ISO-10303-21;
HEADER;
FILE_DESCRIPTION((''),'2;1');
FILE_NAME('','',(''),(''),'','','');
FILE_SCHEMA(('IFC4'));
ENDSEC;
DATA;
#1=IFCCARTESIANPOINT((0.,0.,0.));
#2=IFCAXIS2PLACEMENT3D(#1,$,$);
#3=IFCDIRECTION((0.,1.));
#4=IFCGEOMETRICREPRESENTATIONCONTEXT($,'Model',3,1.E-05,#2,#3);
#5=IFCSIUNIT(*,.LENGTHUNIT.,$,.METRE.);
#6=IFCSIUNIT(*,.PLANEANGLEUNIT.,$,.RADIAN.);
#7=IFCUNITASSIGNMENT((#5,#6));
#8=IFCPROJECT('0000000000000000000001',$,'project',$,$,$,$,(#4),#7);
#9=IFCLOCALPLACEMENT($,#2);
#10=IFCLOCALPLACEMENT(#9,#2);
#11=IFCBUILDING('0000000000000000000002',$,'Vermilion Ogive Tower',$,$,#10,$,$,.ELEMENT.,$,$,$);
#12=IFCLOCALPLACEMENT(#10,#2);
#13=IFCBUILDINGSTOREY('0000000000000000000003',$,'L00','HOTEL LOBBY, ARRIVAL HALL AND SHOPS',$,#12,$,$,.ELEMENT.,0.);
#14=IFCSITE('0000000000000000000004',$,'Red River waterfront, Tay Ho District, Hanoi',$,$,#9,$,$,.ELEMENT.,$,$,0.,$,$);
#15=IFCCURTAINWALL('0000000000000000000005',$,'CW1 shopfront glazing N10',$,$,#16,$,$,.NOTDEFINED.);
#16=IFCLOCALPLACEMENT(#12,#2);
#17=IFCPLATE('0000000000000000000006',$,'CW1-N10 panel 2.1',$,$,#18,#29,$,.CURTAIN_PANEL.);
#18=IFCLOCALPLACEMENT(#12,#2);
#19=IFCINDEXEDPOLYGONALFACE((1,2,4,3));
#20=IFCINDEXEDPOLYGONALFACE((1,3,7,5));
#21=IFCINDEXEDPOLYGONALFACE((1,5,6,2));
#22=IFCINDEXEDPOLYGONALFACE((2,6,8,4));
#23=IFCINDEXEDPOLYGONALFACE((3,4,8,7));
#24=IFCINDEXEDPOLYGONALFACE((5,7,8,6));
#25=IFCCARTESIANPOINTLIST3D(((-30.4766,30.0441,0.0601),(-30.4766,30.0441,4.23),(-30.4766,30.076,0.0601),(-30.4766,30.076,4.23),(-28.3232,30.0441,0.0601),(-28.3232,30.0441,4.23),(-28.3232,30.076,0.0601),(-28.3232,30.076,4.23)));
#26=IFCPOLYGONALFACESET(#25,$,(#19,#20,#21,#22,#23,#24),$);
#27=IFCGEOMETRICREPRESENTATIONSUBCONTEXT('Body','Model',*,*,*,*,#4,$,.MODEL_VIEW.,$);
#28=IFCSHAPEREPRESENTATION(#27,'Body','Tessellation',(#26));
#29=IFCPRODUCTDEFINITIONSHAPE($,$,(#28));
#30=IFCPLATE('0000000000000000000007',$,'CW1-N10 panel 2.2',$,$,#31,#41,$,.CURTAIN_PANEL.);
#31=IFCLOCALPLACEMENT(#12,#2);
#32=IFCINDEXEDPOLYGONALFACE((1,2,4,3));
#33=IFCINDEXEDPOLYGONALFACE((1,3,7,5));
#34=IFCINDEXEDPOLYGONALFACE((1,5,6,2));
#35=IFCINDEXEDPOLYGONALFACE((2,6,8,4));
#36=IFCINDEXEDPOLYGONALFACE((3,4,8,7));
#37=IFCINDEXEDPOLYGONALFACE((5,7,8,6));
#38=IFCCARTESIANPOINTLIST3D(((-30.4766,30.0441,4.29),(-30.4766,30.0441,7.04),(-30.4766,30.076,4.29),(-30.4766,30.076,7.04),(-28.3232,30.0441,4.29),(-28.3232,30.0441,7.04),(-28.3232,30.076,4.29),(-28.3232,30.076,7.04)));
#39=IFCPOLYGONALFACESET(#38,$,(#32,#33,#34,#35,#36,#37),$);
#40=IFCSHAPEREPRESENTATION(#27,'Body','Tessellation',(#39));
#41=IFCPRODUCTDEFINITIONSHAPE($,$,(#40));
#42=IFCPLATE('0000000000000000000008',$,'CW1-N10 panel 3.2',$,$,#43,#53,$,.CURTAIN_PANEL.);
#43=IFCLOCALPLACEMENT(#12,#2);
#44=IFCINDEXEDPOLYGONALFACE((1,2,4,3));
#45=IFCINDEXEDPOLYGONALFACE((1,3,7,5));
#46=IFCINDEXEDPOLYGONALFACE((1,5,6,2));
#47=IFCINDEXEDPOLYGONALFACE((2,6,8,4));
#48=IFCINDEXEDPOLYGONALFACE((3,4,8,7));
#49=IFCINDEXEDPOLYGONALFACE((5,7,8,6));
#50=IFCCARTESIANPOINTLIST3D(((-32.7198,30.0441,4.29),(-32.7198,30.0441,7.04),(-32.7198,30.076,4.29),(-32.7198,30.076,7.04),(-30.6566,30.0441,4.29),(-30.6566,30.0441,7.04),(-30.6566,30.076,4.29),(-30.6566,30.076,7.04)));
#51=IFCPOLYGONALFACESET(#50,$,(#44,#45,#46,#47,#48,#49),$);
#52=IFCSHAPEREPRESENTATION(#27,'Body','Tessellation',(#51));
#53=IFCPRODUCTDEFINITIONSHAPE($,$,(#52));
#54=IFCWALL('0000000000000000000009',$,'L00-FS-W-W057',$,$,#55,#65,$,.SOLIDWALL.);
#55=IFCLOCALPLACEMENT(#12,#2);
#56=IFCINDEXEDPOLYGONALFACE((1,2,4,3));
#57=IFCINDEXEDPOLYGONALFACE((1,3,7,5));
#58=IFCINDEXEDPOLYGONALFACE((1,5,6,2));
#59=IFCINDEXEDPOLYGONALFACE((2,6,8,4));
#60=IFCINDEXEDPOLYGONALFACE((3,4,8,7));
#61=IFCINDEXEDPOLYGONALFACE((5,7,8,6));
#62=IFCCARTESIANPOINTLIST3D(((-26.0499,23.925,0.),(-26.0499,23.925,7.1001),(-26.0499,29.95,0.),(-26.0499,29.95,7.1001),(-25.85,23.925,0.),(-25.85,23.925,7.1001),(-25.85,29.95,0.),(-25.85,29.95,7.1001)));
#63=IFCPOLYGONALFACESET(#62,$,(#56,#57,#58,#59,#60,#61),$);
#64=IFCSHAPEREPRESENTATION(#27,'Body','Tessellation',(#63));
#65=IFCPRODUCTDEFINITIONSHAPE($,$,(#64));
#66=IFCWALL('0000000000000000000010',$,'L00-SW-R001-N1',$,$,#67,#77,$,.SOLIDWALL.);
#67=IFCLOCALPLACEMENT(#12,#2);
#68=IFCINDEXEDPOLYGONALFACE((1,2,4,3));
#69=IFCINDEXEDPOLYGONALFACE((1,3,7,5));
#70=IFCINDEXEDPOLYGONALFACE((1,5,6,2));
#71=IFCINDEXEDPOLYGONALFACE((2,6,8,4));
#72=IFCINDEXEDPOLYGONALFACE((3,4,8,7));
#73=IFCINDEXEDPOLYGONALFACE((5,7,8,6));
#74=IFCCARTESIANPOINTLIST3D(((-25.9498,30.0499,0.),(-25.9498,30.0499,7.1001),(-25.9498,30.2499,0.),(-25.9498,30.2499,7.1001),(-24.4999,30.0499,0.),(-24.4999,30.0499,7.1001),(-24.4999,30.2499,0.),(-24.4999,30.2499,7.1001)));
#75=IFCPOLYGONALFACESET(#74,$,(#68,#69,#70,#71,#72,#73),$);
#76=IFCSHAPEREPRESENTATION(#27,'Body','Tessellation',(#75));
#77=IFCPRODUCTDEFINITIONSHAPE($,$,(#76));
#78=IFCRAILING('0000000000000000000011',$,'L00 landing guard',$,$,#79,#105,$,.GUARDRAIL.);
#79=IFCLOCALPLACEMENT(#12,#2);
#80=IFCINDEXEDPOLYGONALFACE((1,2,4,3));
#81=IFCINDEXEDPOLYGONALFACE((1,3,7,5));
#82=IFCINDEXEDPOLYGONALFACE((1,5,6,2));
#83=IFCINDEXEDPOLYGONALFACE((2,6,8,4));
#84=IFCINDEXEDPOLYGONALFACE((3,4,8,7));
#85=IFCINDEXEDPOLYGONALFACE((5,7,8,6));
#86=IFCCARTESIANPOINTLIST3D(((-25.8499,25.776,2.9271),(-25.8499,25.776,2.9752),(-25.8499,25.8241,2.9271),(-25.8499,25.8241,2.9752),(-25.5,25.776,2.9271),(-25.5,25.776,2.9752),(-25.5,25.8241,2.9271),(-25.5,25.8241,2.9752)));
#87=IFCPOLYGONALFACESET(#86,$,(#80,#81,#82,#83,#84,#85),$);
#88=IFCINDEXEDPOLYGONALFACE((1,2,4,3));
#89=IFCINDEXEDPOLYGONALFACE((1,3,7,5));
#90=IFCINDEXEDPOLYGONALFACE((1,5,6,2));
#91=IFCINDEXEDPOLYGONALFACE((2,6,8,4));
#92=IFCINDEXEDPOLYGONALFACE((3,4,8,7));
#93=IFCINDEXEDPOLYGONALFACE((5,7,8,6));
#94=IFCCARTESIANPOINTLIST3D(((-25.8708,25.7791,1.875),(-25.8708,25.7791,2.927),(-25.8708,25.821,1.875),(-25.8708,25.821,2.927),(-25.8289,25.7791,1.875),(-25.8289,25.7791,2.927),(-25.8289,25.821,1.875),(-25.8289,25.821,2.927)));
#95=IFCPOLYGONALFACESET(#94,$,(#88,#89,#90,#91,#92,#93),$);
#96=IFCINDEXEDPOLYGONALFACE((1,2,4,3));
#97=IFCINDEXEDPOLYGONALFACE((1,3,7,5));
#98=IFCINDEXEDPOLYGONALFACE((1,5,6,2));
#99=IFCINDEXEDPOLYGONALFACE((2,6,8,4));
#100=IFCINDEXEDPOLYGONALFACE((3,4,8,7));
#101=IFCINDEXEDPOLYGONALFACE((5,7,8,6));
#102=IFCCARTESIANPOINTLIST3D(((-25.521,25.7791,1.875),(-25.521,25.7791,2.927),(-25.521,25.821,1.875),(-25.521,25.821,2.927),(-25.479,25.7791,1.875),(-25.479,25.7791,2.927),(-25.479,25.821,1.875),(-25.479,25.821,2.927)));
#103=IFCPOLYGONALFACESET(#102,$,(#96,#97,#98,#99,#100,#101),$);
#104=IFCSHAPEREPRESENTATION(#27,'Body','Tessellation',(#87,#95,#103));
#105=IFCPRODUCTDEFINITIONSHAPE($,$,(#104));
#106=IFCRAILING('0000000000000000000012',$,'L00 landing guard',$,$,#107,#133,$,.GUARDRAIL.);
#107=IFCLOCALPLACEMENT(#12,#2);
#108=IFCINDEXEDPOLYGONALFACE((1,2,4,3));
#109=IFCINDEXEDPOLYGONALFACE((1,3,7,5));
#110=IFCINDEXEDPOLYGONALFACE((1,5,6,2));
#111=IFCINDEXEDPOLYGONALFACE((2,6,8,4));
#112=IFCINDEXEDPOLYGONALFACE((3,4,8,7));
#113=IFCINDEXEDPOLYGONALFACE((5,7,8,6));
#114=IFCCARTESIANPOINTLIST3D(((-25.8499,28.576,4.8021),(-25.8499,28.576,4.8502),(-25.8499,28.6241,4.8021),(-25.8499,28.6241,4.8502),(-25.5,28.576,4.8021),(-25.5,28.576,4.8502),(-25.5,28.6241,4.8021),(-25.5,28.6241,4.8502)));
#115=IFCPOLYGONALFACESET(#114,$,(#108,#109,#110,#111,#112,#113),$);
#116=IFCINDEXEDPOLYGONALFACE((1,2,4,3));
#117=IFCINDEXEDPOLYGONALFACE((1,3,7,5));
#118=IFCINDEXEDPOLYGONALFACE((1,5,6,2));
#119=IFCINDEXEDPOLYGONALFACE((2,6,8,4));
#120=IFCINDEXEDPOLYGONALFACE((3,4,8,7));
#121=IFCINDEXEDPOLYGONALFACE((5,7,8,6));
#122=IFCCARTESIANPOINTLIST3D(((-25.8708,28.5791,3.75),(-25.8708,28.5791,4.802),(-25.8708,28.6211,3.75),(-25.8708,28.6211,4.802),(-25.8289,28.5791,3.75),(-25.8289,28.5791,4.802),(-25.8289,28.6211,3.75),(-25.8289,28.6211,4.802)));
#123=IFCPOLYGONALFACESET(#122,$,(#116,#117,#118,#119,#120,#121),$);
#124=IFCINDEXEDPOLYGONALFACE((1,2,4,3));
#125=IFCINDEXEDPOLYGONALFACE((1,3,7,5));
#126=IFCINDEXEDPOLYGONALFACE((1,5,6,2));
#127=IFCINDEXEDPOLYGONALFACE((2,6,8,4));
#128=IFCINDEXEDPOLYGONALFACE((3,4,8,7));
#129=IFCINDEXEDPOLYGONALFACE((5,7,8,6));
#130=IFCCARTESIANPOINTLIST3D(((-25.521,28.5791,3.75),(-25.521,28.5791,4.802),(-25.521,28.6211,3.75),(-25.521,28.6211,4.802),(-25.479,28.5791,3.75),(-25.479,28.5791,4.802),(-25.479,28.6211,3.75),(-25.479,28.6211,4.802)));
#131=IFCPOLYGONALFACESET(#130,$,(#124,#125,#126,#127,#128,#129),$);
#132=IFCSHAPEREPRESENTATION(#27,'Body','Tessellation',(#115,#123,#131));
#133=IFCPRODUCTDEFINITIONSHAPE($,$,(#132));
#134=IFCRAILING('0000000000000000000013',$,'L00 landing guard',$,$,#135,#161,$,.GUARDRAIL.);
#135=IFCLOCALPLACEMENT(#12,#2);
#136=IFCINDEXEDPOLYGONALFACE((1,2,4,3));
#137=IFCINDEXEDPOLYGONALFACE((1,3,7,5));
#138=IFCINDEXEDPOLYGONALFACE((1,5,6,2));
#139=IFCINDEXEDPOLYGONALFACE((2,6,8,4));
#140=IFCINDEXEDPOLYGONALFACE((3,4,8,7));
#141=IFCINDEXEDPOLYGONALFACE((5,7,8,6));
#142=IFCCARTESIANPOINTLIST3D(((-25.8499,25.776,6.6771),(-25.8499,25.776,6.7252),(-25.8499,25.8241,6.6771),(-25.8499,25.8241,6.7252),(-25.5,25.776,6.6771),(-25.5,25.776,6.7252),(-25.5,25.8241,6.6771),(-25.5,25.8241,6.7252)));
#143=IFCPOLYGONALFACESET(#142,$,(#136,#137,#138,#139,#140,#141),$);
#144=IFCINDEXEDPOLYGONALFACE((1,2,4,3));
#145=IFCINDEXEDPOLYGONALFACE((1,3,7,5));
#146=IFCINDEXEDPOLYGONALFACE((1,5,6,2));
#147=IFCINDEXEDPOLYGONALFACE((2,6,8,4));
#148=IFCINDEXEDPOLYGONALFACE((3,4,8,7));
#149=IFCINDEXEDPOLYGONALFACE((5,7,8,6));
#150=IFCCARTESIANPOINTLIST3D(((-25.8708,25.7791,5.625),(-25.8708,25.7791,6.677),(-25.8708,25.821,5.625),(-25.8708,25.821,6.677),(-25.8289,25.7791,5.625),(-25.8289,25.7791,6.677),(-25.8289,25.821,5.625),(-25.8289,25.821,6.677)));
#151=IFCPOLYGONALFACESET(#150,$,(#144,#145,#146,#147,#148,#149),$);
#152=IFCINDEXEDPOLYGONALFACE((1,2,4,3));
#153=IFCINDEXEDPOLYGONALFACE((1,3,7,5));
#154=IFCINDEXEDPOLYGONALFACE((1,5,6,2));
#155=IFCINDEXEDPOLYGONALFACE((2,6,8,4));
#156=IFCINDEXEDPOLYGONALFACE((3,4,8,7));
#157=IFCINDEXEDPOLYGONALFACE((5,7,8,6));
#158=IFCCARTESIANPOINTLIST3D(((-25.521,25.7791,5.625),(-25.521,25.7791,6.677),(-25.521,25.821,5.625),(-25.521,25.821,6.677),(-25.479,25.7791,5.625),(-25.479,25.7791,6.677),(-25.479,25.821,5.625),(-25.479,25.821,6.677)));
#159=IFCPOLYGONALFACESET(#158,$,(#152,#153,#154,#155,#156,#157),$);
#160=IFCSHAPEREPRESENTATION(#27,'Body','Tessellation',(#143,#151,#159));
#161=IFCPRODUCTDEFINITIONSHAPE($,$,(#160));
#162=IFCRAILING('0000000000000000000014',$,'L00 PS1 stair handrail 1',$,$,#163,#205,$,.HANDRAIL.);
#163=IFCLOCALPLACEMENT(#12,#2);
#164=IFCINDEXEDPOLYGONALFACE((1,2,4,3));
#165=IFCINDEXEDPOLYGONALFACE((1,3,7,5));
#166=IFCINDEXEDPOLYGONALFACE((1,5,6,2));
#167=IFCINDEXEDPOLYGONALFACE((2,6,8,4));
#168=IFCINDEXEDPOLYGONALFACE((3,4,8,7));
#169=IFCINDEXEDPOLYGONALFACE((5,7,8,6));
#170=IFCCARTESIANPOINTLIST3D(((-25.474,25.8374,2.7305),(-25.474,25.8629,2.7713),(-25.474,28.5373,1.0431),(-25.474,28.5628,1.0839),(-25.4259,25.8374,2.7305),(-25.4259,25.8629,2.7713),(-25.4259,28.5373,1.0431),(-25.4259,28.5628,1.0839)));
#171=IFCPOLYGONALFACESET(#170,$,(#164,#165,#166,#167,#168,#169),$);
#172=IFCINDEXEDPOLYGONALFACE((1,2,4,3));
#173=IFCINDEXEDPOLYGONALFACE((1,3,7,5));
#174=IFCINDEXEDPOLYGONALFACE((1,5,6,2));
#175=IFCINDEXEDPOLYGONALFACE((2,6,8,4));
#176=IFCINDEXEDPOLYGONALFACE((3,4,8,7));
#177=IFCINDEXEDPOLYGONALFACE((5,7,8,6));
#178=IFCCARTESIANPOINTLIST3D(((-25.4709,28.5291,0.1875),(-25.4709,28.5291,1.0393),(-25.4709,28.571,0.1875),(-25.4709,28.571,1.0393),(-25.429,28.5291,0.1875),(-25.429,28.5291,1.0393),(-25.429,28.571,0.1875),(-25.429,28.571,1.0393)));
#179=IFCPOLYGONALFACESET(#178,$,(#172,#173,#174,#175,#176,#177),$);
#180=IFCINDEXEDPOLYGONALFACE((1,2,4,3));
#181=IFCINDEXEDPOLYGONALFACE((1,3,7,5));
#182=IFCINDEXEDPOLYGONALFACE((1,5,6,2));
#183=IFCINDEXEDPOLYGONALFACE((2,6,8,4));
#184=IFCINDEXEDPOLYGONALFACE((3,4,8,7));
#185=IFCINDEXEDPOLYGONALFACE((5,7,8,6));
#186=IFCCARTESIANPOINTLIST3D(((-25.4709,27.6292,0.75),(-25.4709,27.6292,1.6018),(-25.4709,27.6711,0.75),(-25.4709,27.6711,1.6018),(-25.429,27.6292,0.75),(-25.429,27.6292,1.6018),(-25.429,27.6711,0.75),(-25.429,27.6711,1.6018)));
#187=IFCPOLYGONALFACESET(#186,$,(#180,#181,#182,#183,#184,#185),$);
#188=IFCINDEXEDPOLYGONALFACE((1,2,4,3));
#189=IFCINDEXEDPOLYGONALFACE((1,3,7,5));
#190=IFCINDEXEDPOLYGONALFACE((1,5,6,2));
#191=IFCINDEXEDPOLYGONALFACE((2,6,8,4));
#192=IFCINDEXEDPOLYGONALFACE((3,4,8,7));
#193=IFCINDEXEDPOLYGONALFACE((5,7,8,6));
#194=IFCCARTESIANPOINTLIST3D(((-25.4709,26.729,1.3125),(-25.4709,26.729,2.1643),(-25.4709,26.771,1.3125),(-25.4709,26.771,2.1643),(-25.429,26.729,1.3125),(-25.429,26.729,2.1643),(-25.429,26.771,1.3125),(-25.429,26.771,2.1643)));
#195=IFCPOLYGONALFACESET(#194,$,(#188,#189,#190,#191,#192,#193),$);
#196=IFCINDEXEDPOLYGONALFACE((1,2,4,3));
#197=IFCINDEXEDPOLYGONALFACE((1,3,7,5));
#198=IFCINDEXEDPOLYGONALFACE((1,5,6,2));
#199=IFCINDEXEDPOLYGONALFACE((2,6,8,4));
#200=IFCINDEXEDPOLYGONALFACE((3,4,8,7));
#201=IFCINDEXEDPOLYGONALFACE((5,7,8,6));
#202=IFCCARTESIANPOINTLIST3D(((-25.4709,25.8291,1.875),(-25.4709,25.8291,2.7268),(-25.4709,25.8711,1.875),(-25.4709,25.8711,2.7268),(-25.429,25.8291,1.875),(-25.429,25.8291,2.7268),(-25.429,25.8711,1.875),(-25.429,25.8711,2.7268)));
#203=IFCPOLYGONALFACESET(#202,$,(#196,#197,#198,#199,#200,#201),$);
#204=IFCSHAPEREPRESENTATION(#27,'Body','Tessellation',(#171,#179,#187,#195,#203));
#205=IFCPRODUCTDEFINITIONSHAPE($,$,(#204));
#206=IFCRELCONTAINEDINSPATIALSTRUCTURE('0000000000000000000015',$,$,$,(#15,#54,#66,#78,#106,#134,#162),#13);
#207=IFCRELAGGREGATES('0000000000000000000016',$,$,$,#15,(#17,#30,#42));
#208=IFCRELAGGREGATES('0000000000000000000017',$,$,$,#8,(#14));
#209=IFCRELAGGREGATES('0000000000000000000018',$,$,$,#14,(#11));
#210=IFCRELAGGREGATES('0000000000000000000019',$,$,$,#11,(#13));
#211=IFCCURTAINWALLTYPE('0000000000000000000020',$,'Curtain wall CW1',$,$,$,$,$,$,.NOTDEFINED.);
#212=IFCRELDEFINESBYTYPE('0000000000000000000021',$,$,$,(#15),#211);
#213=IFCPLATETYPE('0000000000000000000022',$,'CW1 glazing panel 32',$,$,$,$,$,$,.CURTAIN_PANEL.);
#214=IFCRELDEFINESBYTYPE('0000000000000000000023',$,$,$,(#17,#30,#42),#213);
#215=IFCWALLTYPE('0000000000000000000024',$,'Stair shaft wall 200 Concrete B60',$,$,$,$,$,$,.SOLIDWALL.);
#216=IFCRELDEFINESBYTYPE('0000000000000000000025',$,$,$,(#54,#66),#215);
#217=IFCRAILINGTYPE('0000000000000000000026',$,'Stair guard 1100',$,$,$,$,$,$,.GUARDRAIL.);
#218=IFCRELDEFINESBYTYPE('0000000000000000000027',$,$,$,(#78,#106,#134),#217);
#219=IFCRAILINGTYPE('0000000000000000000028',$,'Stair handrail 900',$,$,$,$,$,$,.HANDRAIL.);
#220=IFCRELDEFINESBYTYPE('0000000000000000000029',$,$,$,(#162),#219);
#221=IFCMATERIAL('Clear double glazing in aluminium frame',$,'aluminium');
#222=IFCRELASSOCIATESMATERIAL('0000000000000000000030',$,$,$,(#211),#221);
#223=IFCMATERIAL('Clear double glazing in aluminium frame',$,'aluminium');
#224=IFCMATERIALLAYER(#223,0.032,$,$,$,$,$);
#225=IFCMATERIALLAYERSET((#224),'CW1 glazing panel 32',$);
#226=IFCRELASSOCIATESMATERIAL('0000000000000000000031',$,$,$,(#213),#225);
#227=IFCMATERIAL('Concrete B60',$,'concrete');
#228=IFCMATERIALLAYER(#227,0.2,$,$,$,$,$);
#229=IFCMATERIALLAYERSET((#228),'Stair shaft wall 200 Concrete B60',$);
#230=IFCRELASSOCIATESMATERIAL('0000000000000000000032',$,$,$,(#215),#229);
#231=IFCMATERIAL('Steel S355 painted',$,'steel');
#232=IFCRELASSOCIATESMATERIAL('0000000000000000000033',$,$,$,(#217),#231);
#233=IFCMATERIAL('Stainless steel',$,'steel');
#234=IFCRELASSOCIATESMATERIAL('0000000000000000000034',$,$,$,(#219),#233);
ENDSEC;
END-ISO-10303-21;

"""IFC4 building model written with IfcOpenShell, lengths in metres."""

from ifc_helpers import new_model, si_unit, direction, frame, frame_2d, origin, origin_2d, place, context, subcontext, project, spatial, rectangle, extrude, material, layer, layer_set, type_object, element, aggregate, save


model = new_model("IFC4")

# Units and contexts
model_context = context("Model", 3, precision=1e-05, world=origin(), true_north=direction((0.0, 1.0)))
body_context = subcontext(model_context, "Body", "Model", "MODEL_VIEW")
ifc_project = project(units=[si_unit("LENGTHUNIT", "METRE"), si_unit("PLANEANGLEUNIT", "RADIAN")], contexts=[model_context])

# Site, building, storey
site_placement = place(None, origin())
site = spatial("IfcSite", under=ifc_project, at=site_placement, Name="Red River waterfront, Tay Ho District, Hanoi", CompositionType="ELEMENT", RefElevation=0.0)
building_placement = place(site_placement, origin())
building = spatial("IfcBuilding", under=site, at=building_placement, Name="Vermilion Ogive Tower", CompositionType="ELEMENT")
storey_placement = place(building_placement, origin())
storey = spatial("IfcBuildingStorey", under=building, at=storey_placement, Name="L00", Description="HOTEL LOBBY, ARRIVAL HALL AND SHOPS", CompositionType="ELEMENT", Elevation=0.0)

# Curtain wall, plates
ifc_material_1 = material(Name="Clear double glazing in aluminium frame", Category="aluminium")
curtain_wall_type = type_object("IfcCurtainWallType", Name="Curtain wall CW1", PredefinedType="NOTDEFINED", material=ifc_material_1)
curtain_wall_placement = place(storey_placement, origin())
curtain_wall = element("IfcCurtainWall", 1, at=curtain_wall_placement, inside=storey, type_object=curtain_wall_type, Name="CW1 shopfront glazing N10", PredefinedType="NOTDEFINED")
ifc_material_2 = material(Name="Clear double glazing in aluminium frame", Category="aluminium")
ifc_layer_1 = layer(ifc_material_2, 0.032)
ifc_layer_set_1 = layer_set([ifc_layer_1], Name="CW1 glazing panel 32")
plate_type = type_object("IfcPlateType", Name="CW1 glazing panel 32", PredefinedType="CURTAIN_PANEL", material=ifc_layer_set_1)
plate_1_placement = place(storey_placement, frame((-29.3999, 30.0601, 0.0601), z_axis=(0.0, 0.0, 1.0), x_axis=(-1.0, 0.0, 0.0)))
plate_1 = element("IfcPlate", 2, at=plate_1_placement, type_object=plate_type, Name="CW1-N10 panel 2.1", PredefinedType="CURTAIN_PANEL", context=body_context, shape_type="SweptSolid", body=[
    extrude(rectangle(XDim=2.1533, YDim=0.032, at=origin_2d()), origin(), (0.0, 0.0, 1.0), 4.1699),
])
plate_2_placement = place(storey_placement, frame((-29.3999, 30.0601, 4.29), z_axis=(0.0, 0.0, 1.0), x_axis=(-1.0, 0.0, 0.0)))
plate_2 = element("IfcPlate", 3, at=plate_2_placement, type_object=plate_type, Name="CW1-N10 panel 2.2", PredefinedType="CURTAIN_PANEL", context=body_context, shape_type="SweptSolid", body=[
    extrude(rectangle(XDim=2.1533, YDim=0.032, at=origin_2d()), origin(), (0.0, 0.0, 1.0), 2.75),
])
plate_3_placement = place(storey_placement, frame((-31.6882, 30.0601, 4.29), z_axis=(0.0, 0.0, 1.0), x_axis=(-1.0, 0.0, 0.0)))
plate_3 = element("IfcPlate", 4, at=plate_3_placement, type_object=plate_type, Name="CW1-N10 panel 3.2", PredefinedType="CURTAIN_PANEL", context=body_context, shape_type="SweptSolid", body=[
    extrude(rectangle(XDim=2.0632, YDim=0.032, at=origin_2d()), origin(), (0.0, 0.0, 1.0), 2.75),
])
aggregate(curtain_wall, [plate_1, plate_2, plate_3])

# Walls
ifc_material_3 = material(Name="Concrete B60", Category="concrete")
ifc_layer_2 = layer(ifc_material_3, 0.2)
ifc_layer_set_2 = layer_set([ifc_layer_2], Name="Stair shaft wall 200 Concrete B60")
wall_type = type_object("IfcWallType", Name="Stair shaft wall 200 Concrete B60", PredefinedType="SOLIDWALL", material=ifc_layer_set_2)
wall_1_placement = place(storey_placement, frame((-25.95, 23.925, 0.0), z_axis=(0.0, 0.0, 1.0), x_axis=(0.0, 1.0, 0.0)))
element("IfcWall", 5, at=wall_1_placement, inside=storey, type_object=wall_type, Name="L00-FS-W-W057", PredefinedType="SOLIDWALL", context=body_context, shape_type="SweptSolid", body=[
    extrude(rectangle(XDim=6.0249, YDim=0.2, at=frame_2d((3.0125, 0.0))), origin(), (0.0, 0.0, 1.0), 7.1001),
])
wall_2_placement = place(storey_placement, frame((-25.95, 30.1499, 0.0), z_axis=(0.0, 0.0, 1.0), x_axis=(1.0, 0.0, 0.0)))
element("IfcWall", 6, at=wall_2_placement, inside=storey, type_object=wall_type, Name="L00-SW-R001-N1", PredefinedType="SOLIDWALL", context=body_context, shape_type="SweptSolid", body=[
    extrude(rectangle(XDim=1.45, YDim=0.2, at=frame_2d((0.7251, 0.0))), origin(), (0.0, 0.0, 1.0), 7.1001),
])

# Railings
ifc_material_4 = material(Name="Steel S355 painted", Category="steel")
railing_type_1 = type_object("IfcRailingType", Name="Stair guard 1100", PredefinedType="GUARDRAIL", material=ifc_material_4)
for number, where, name in (
    (7, (-25.8499, 25.8, 1.875), "L00 landing guard"),
    (8, (-25.8499, 28.6001, 3.75), "L00 landing guard"),
    (9, (-25.8499, 25.8, 5.625), "L00 landing guard"),
):
    element("IfcRailing", number, at=place(storey_placement, frame(where)), inside=storey, type_object=railing_type_1, Name=name, PredefinedType="GUARDRAIL", context=body_context, shape_type="SweptSolid", body=[
        extrude(rectangle(XDim=0.0481, YDim=0.0481, at=origin_2d()), frame((0.0, 0.0, 1.0762), z_axis=(1.0, 0.0, 0.0), x_axis=(0.0, 1.0, 0.0)), (0.0, 0.0, 1.0), 0.3499),
        extrude(rectangle(XDim=0.042, YDim=0.042, at=origin_2d()), origin(), (0.0, 0.0, 1.0), 1.052),
        extrude(rectangle(XDim=0.042, YDim=0.042, at=origin_2d()), frame((0.3499, 0.0, 0.0)), (0.0, 0.0, 1.0), 1.052),
    ])
ifc_material_5 = material(Name="Stainless steel", Category="steel")
railing_type_2 = type_object("IfcRailingType", Name="Stair handrail 900", PredefinedType="HANDRAIL", material=ifc_material_5)
railing_placement = place(storey_placement, frame((-25.45, 28.55, 0.1875)))
element("IfcRailing", 10, at=railing_placement, inside=storey, type_object=railing_type_2, Name="L00 PS1 stair handrail 1", PredefinedType="HANDRAIL", context=body_context, shape_type="SweptSolid", body=[
    extrude(rectangle(XDim=0.0481, YDim=0.0481, at=origin_2d()), frame((0.0, 0.0, 0.876), z_axis=(0.0, -0.847994, 0.530006), x_axis=(1.0, 0.0, 0.0)), (0.0, 0.0, 1.0), 3.1838),
    extrude(rectangle(XDim=0.042, YDim=0.042, at=origin_2d()), origin(), (0.0, 0.0, 1.0), 0.8518),
    extrude(rectangle(XDim=0.042, YDim=0.042, at=origin_2d()), frame((0.0, -0.8999, 0.5625)), (0.0, 0.0, 1.0), 0.8518),
    extrude(rectangle(XDim=0.042, YDim=0.042, at=origin_2d()), frame((0.0, -1.8, 1.125)), (0.0, 0.0, 1.0), 0.8518),
    extrude(rectangle(XDim=0.042, YDim=0.042, at=origin_2d()), frame((0.0, -2.7, 1.6875)), (0.0, 0.0, 1.0), 0.8518),
])

save(model, "model.ifc")
